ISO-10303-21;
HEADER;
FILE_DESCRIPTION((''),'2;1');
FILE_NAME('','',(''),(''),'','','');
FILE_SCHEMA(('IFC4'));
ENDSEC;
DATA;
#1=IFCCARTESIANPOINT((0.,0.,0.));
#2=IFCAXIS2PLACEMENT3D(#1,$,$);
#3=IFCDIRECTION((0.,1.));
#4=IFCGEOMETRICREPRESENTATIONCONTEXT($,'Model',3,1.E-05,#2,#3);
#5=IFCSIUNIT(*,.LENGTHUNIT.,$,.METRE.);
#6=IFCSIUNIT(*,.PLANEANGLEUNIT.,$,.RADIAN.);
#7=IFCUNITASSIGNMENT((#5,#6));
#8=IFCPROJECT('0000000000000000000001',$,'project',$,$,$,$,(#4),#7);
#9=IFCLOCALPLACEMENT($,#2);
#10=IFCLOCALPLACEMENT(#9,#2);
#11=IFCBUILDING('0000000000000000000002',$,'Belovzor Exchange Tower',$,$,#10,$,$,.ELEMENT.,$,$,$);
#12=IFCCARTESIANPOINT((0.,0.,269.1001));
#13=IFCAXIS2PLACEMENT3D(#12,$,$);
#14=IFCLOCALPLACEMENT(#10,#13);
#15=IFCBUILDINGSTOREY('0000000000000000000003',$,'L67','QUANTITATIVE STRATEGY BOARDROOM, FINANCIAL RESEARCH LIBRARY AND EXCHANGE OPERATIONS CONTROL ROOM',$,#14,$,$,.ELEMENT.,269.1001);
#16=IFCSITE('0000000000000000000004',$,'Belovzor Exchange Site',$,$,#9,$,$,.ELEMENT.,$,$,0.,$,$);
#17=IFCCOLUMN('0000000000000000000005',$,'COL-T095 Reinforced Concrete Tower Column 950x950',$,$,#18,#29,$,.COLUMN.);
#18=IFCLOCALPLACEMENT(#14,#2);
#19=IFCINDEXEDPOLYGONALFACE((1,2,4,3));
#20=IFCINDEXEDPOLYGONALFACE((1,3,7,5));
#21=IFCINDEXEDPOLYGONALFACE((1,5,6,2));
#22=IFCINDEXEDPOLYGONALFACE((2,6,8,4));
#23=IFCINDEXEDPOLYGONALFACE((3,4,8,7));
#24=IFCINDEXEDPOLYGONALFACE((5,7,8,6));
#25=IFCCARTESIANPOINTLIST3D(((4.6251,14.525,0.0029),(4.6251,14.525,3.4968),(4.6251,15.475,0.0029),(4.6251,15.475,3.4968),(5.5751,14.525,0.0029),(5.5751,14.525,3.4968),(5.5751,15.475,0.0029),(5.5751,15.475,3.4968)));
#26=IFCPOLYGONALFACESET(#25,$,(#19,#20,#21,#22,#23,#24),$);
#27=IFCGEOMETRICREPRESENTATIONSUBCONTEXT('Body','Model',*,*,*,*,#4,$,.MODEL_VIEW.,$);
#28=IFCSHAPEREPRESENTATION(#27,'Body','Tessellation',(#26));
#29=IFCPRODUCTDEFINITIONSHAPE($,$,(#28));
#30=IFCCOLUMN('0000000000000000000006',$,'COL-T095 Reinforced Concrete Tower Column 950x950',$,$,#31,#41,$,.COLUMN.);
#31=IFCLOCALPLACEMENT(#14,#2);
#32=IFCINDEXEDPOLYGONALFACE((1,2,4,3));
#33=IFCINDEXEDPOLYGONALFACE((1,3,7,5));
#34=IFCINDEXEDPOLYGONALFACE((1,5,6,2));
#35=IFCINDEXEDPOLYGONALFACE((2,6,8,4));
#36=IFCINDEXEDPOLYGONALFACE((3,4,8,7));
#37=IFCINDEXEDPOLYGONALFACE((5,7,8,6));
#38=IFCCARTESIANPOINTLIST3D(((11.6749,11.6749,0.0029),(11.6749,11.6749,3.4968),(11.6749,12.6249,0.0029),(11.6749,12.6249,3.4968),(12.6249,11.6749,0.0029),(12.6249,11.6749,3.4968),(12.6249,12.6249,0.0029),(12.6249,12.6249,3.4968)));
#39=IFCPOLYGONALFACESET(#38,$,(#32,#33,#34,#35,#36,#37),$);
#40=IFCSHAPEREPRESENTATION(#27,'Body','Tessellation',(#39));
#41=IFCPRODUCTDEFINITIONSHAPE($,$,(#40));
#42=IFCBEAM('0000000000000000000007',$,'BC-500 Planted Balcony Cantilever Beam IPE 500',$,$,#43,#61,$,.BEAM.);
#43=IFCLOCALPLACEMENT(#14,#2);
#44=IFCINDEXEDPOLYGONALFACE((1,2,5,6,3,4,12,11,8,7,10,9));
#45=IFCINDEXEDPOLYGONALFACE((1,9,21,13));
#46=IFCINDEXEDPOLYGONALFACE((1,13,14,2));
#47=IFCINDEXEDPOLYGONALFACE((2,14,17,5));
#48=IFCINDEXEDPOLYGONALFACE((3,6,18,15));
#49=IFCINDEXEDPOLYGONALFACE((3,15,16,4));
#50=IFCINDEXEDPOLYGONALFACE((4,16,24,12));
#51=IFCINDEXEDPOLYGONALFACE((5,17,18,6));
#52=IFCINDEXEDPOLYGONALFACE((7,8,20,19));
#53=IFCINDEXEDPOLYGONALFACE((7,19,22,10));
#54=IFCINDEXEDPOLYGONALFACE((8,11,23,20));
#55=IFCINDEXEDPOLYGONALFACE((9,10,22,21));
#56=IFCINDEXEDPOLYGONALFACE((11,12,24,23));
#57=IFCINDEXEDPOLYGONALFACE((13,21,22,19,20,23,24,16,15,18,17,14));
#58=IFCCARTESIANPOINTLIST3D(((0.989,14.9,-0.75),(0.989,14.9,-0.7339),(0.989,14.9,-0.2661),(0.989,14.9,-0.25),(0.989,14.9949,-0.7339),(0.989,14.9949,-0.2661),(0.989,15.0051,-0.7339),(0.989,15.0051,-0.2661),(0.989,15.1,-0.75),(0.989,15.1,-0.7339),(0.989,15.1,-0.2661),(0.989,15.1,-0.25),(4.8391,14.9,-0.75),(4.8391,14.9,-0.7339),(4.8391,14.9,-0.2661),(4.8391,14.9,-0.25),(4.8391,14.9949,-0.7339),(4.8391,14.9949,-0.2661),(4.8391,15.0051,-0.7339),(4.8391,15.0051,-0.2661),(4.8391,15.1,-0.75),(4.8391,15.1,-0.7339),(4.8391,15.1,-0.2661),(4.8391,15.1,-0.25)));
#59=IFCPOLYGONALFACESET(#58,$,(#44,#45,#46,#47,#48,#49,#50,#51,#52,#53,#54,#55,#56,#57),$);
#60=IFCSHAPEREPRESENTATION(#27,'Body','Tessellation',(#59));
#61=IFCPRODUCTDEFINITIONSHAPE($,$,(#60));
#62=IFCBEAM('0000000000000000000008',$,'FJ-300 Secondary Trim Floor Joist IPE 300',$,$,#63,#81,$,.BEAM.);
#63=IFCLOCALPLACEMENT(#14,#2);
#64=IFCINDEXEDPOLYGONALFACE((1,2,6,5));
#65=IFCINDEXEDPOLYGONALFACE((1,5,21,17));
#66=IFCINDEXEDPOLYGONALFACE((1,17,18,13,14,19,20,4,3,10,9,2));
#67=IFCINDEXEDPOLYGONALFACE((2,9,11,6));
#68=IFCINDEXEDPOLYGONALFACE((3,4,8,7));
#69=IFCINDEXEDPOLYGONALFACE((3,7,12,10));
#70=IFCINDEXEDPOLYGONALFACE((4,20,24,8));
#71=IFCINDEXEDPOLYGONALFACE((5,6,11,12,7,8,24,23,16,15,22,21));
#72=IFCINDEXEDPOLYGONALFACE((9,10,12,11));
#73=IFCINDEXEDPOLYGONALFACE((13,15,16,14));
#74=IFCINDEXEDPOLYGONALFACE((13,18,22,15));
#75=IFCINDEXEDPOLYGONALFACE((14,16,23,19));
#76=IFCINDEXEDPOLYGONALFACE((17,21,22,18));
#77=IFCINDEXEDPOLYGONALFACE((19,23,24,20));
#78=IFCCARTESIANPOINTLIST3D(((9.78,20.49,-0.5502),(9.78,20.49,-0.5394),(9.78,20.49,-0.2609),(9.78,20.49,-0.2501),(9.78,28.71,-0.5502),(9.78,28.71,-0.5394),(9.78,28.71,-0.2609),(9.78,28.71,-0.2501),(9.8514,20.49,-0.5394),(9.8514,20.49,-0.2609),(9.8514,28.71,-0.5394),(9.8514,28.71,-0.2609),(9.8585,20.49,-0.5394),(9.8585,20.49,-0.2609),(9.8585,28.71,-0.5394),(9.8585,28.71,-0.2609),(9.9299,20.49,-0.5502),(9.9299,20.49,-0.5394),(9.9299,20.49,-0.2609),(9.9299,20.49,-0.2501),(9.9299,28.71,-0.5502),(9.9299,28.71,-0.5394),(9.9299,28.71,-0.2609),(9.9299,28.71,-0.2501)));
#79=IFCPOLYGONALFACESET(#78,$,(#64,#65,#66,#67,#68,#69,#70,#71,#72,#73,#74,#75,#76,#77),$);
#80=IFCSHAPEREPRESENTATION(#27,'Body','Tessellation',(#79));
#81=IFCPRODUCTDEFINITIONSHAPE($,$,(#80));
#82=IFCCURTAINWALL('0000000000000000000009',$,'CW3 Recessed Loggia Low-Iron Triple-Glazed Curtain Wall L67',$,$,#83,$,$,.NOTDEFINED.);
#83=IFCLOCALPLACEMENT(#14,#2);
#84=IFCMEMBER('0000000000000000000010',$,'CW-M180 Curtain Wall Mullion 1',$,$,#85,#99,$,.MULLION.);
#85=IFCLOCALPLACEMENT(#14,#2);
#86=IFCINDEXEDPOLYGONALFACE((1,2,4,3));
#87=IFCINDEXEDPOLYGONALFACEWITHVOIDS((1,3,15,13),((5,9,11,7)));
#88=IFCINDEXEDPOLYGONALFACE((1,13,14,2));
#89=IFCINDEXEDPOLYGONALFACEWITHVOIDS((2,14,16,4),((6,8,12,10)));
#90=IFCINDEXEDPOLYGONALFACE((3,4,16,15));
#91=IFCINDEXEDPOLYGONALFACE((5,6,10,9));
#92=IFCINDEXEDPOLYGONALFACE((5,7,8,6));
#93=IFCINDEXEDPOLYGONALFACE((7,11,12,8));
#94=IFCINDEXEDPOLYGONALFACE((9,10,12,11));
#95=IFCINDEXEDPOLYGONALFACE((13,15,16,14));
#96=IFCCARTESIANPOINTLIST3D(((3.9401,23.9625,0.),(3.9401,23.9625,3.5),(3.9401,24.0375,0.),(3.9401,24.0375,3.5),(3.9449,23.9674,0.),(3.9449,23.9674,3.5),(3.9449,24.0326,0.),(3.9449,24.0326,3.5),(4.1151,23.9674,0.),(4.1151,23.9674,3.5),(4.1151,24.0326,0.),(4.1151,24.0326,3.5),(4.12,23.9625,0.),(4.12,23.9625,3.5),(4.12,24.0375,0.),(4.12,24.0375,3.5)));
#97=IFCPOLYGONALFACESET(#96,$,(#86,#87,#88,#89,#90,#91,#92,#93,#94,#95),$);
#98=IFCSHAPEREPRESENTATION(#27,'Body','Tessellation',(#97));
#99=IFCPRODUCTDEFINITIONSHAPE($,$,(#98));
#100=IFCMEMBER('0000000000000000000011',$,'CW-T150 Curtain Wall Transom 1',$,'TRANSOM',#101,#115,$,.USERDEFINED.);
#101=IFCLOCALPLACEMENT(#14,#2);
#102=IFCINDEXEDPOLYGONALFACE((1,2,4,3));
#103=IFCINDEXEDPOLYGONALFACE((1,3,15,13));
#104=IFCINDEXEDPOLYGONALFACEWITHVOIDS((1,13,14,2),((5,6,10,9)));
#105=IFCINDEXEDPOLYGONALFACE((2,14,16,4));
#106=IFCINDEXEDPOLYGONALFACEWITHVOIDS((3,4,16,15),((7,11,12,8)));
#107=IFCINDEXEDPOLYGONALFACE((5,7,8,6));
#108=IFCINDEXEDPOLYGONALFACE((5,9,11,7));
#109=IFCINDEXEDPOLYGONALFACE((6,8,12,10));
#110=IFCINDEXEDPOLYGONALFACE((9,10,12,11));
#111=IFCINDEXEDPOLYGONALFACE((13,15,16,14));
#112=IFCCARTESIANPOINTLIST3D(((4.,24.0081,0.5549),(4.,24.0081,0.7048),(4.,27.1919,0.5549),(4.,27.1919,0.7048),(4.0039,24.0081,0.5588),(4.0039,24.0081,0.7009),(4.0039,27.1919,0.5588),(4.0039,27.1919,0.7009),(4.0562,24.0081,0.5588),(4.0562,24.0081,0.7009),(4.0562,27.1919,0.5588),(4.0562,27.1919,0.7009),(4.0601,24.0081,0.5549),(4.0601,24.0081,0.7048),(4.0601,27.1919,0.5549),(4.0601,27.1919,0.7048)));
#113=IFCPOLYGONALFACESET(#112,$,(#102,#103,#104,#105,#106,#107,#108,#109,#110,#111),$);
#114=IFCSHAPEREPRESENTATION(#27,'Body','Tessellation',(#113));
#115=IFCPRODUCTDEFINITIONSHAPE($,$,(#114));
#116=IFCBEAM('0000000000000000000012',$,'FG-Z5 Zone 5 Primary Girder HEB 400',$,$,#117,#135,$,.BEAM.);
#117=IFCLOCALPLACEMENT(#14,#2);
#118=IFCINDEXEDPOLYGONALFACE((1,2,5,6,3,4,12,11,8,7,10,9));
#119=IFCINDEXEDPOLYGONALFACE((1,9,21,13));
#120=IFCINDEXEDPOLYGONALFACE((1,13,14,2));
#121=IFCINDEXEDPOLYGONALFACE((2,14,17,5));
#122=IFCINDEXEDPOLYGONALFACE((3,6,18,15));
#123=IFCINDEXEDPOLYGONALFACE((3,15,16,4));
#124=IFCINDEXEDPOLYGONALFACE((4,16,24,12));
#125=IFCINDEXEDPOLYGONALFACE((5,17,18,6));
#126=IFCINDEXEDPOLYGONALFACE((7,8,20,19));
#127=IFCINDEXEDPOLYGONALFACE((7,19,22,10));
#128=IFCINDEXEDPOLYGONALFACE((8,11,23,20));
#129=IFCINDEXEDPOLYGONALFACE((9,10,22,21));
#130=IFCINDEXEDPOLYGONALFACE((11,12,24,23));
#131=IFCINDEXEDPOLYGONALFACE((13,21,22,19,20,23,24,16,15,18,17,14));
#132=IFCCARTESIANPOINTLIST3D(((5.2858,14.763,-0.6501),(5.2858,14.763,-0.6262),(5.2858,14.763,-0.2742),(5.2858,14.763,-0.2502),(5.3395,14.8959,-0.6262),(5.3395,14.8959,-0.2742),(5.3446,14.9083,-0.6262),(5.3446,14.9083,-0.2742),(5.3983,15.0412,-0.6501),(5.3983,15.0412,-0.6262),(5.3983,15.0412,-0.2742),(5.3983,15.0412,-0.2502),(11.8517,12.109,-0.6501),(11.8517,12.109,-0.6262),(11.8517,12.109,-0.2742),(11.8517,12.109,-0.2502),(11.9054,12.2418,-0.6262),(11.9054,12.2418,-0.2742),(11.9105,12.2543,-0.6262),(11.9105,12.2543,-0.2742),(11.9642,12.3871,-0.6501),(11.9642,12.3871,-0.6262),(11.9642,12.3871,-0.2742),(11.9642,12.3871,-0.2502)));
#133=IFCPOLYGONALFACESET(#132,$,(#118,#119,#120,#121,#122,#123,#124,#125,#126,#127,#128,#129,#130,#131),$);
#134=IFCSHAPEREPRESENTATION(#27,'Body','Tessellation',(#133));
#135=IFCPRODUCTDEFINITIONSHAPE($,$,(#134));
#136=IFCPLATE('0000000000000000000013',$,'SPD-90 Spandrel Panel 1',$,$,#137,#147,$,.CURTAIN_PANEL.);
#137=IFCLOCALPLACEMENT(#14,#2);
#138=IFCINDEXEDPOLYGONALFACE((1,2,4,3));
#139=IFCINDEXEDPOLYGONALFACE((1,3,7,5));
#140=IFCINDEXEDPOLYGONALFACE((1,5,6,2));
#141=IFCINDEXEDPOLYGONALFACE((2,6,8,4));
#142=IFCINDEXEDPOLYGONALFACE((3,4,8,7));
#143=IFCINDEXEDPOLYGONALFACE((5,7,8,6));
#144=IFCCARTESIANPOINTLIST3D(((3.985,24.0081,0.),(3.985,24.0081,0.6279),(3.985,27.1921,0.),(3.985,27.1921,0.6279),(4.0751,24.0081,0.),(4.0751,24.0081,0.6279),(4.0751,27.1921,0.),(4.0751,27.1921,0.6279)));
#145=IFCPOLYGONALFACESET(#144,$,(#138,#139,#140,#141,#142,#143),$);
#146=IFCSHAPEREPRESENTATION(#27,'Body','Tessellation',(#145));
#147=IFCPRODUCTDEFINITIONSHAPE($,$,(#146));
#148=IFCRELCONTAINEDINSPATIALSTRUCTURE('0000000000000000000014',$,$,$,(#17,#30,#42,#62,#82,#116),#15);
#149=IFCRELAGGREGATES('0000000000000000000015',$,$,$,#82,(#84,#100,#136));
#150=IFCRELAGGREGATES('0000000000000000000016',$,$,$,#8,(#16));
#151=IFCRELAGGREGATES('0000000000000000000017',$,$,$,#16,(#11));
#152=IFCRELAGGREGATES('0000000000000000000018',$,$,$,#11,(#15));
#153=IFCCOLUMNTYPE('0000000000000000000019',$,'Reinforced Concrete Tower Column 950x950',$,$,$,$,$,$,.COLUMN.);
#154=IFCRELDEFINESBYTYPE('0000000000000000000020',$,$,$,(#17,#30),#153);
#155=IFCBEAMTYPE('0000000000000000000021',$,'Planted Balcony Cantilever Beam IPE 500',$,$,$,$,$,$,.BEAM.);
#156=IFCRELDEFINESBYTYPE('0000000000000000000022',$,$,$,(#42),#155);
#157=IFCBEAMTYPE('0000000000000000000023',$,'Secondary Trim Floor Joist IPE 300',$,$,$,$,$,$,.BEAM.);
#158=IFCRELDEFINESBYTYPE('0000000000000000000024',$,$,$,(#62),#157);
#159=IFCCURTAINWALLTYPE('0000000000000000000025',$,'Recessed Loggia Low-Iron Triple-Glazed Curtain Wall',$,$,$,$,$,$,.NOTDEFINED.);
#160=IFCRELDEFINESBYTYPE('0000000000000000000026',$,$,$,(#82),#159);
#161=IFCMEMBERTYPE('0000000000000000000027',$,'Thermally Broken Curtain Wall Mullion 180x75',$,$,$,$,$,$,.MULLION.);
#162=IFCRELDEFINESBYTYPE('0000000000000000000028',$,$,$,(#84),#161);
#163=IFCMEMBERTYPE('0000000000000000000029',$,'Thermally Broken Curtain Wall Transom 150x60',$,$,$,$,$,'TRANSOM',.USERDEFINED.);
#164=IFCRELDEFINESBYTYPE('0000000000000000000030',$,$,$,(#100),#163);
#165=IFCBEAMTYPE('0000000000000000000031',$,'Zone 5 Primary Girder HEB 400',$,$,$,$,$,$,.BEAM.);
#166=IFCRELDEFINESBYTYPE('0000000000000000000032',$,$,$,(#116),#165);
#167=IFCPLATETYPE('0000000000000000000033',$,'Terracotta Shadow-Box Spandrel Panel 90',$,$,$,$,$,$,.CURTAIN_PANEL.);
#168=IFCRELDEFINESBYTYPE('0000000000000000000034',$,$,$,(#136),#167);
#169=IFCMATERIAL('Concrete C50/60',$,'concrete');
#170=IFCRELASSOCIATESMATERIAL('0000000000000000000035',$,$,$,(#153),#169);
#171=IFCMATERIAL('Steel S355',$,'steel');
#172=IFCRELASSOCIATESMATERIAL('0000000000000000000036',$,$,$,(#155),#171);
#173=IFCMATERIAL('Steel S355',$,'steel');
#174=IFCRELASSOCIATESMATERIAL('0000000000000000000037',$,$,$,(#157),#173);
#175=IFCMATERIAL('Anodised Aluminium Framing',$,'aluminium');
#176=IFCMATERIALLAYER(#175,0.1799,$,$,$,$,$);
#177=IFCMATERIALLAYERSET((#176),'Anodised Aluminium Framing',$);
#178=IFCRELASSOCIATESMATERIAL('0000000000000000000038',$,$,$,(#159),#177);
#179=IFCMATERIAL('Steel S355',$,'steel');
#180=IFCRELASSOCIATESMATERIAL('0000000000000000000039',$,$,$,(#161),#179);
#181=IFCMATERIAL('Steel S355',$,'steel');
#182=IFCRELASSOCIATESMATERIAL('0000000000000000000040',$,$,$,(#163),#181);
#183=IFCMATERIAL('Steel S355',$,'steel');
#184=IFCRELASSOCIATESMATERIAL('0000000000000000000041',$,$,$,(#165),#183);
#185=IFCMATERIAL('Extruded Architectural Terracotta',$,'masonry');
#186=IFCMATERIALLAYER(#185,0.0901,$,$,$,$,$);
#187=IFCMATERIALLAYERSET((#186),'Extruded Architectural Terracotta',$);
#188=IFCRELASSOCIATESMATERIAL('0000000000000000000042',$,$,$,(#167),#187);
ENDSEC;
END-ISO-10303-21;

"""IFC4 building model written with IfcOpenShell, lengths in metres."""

from ifc_helpers import new_model, si_unit, direction, frame, origin, origin_2d, place, context, subcontext, project, spatial, rectangle, hollow_rectangle, i_section, extrude, material, layer, layer_set, material_profile, profile_set, type_object, element, aggregate, save


model = new_model("IFC4")

# Units and contexts
model_context = context("Model", 3, precision=1e-05, world=origin(), true_north=direction((0.0, 1.0)))
body_context = subcontext(model_context, "Body", "Model", "MODEL_VIEW")
ifc_project = project(units=[si_unit("LENGTHUNIT", "METRE"), si_unit("PLANEANGLEUNIT", "RADIAN")], contexts=[model_context])

# Site, building, storey
site_placement = place(None, origin())
site = spatial("IfcSite", under=ifc_project, at=site_placement, Name="Belovzor Exchange Site", CompositionType="ELEMENT", RefElevation=0.0)
building_placement = place(site_placement, origin())
building = spatial("IfcBuilding", under=site, at=building_placement, Name="Belovzor Exchange Tower", CompositionType="ELEMENT")
storey_placement = place(building_placement, frame((0.0, 0.0, 269.1001)))
storey = spatial("IfcBuildingStorey", under=building, at=storey_placement, Name="L67", Description="QUANTITATIVE STRATEGY BOARDROOM, FINANCIAL RESEARCH LIBRARY AND EXCHANGE OPERATIONS CONTROL ROOM", CompositionType="ELEMENT", Elevation=269.1001)

# Columns
ifc_material_1 = material(Name="Concrete C50/60", Category="concrete")
ifc_material_profile_1 = material_profile(ifc_material_1, rectangle(XDim=0.95, YDim=0.95, at=origin_2d()))
ifc_profile_set_1 = profile_set([ifc_material_profile_1], Name="Concrete C50/60")
column_type = type_object("IfcColumnType", Name="Reinforced Concrete Tower Column 950x950", PredefinedType="COLUMN", material=ifc_profile_set_1)
for number, where, z_axis, x_axis, name in (
    (1, (5.1001, 15.0, 0.0029), (0.0, 0.0, 1.0), (1.0, 0.0, 0.0), "COL-T095 Reinforced Concrete Tower Column 950x950"),
    (2, (12.1499, 12.1499, 0.0029), (0.0, 0.0, 1.0), (1.0, 0.0, 0.0), "COL-T095 Reinforced Concrete Tower Column 950x950"),
):
    element("IfcColumn", number, at=place(storey_placement, frame(where, z_axis=z_axis, x_axis=x_axis)), inside=storey, type_object=column_type, Name=name, PredefinedType="COLUMN", context=body_context, shape_type="SweptSolid", body=[
        extrude(rectangle(XDim=0.95, YDim=0.95, at=origin_2d()), origin(), (0.0, 0.0, 1.0), 3.4939),
    ])

# Beams
ifc_material_2 = material(Name="Steel S355", Category="steel")
ifc_material_profile_2 = material_profile(ifc_material_2, i_section(OverallWidth=0.2, OverallDepth=0.5, WebThickness=0.0103, FlangeThickness=0.0161, at=origin_2d()))
ifc_profile_set_2 = profile_set([ifc_material_profile_2], Name="Steel S355")
beam_type_1 = type_object("IfcBeamType", Name="Planted Balcony Cantilever Beam IPE 500", PredefinedType="BEAM", material=ifc_profile_set_2)
beam_1_placement = place(storey_placement, frame((4.8391, 15.0, -0.5), z_axis=(-1.0, 0.0, 0.0), x_axis=(0.0, -1.0, 0.0)))
element("IfcBeam", 3, at=beam_1_placement, inside=storey, type_object=beam_type_1, Name="BC-500 Planted Balcony Cantilever Beam IPE 500", PredefinedType="BEAM", context=body_context, shape_type="SweptSolid", body=[
    extrude(i_section(OverallWidth=0.2, OverallDepth=0.5, WebThickness=0.0103, FlangeThickness=0.0161, at=origin_2d()), origin(), (0.0, 0.0, 1.0), 3.8501),
])
ifc_material_3 = material(Name="Steel S355", Category="steel")
ifc_material_profile_3 = material_profile(ifc_material_3, i_section(OverallWidth=0.1499, OverallDepth=0.3, WebThickness=0.0071, FlangeThickness=0.0107, at=origin_2d()))
ifc_profile_set_3 = profile_set([ifc_material_profile_3], Name="Steel S355")
beam_type_2 = type_object("IfcBeamType", Name="Secondary Trim Floor Joist IPE 300", PredefinedType="BEAM", material=ifc_profile_set_3)
beam_2_placement = place(storey_placement, frame((9.855, 20.49, -0.4001), z_axis=(0.0, 1.0, 0.0), x_axis=(-1.0, 0.0, 0.0)))
element("IfcBeam", 4, at=beam_2_placement, inside=storey, type_object=beam_type_2, Name="FJ-300 Secondary Trim Floor Joist IPE 300", PredefinedType="BEAM", context=body_context, shape_type="SweptSolid", body=[
    extrude(i_section(OverallWidth=0.1499, OverallDepth=0.3, WebThickness=0.0071, FlangeThickness=0.0107, at=origin_2d()), origin(), (0.0, 0.0, 1.0), 8.22),
])

# Curtain wall, members
ifc_material_4 = material(Name="Anodised Aluminium Framing", Category="aluminium")
ifc_layer_1 = layer(ifc_material_4, 0.1799)
ifc_layer_set_1 = layer_set([ifc_layer_1], Name="Anodised Aluminium Framing")
curtain_wall_type = type_object("IfcCurtainWallType", Name="Recessed Loggia Low-Iron Triple-Glazed Curtain Wall", PredefinedType="NOTDEFINED", material=ifc_layer_set_1)
curtain_wall_placement = place(storey_placement, origin())
curtain_wall = element("IfcCurtainWall", 5, at=curtain_wall_placement, inside=storey, type_object=curtain_wall_type, Name="CW3 Recessed Loggia Low-Iron Triple-Glazed Curtain Wall L67", PredefinedType="NOTDEFINED")
ifc_material_5 = material(Name="Steel S355", Category="steel")
ifc_material_profile_4 = material_profile(ifc_material_5, hollow_rectangle(XDim=0.075, YDim=0.1799, WallThickness=0.0049, at=origin_2d()))
ifc_profile_set_4 = profile_set([ifc_material_profile_4], Name="Steel S355")
member_type_1 = type_object("IfcMemberType", Name="Thermally Broken Curtain Wall Mullion 180x75", PredefinedType="MULLION", material=ifc_profile_set_4)
member_1_placement = place(storey_placement, frame((4.03, 24.0, 0.0), z_axis=(0.0, 0.0, 1.0), x_axis=(0.0, 1.0, 0.0)))
member_1 = element("IfcMember", 6, at=member_1_placement, type_object=member_type_1, Name="CW-M180 Curtain Wall Mullion 1", PredefinedType="MULLION", context=body_context, shape_type="SweptSolid", body=[
    extrude(hollow_rectangle(XDim=0.075, YDim=0.1799, WallThickness=0.0049, at=origin_2d()), origin(), (0.0, 0.0, 1.0), 3.5),
])
ifc_material_6 = material(Name="Steel S355", Category="steel")
ifc_material_profile_5 = material_profile(ifc_material_6, hollow_rectangle(XDim=0.0601, YDim=0.1499, WallThickness=0.0039, at=origin_2d()))
ifc_profile_set_5 = profile_set([ifc_material_profile_5], Name="Steel S355")
member_type_2 = type_object("IfcMemberType", Name="Thermally Broken Curtain Wall Transom 150x60", ElementType="TRANSOM", PredefinedType="USERDEFINED", material=ifc_profile_set_5)
member_2_placement = place(storey_placement, frame((4.03, 24.0081, 0.6299), z_axis=(0.0, 1.0, 0.0), x_axis=(-1.0, 0.0, 0.0)))
member_2 = element("IfcMember", 7, at=member_2_placement, type_object=member_type_2, Name="CW-T150 Curtain Wall Transom 1", ObjectType="TRANSOM", PredefinedType="USERDEFINED", context=body_context, shape_type="SweptSolid", body=[
    extrude(hollow_rectangle(XDim=0.0601, YDim=0.1499, WallThickness=0.0039, at=origin_2d()), origin(), (0.0, 0.0, 1.0), 3.1838),
])

# Beam
ifc_material_7 = material(Name="Steel S355", Category="steel")
ifc_material_profile_6 = material_profile(ifc_material_7, i_section(OverallWidth=0.3, OverallDepth=0.3999, WebThickness=0.0134, FlangeThickness=0.0239, at=origin_2d()))
ifc_profile_set_6 = profile_set([ifc_material_profile_6], Name="Steel S355")
beam_type_3 = type_object("IfcBeamType", Name="Zone 5 Primary Girder HEB 400", PredefinedType="BEAM", material=ifc_profile_set_6)
beam_3_placement = place(storey_placement, frame((5.342, 14.9021, -0.4502), z_axis=(0.927123, -0.374758, 0.0), x_axis=(0.374758, 0.927123, 0.0)))
element("IfcBeam", 8, at=beam_3_placement, inside=storey, type_object=beam_type_3, Name="FG-Z5 Zone 5 Primary Girder HEB 400", PredefinedType="BEAM", context=body_context, shape_type="SweptSolid", body=[
    extrude(i_section(OverallWidth=0.3, OverallDepth=0.3999, WebThickness=0.0134, FlangeThickness=0.0239, at=origin_2d()), origin(), (0.0, 0.0, 1.0), 7.082),
])

# Plate
ifc_material_8 = material(Name="Extruded Architectural Terracotta", Category="masonry")
ifc_layer_2 = layer(ifc_material_8, 0.0901)
ifc_layer_set_2 = layer_set([ifc_layer_2], Name="Extruded Architectural Terracotta")
plate_type = type_object("IfcPlateType", Name="Terracotta Shadow-Box Spandrel Panel 90", PredefinedType="CURTAIN_PANEL", material=ifc_layer_set_2)
plate_placement = place(storey_placement, frame((4.03, 25.6001, 0.0), z_axis=(0.0, 0.0, 1.0), x_axis=(0.0, 1.0, 0.0)))
plate = element("IfcPlate", 9, at=plate_placement, type_object=plate_type, Name="SPD-90 Spandrel Panel 1", PredefinedType="CURTAIN_PANEL", context=body_context, shape_type="SweptSolid", body=[
    extrude(rectangle(XDim=3.1841, YDim=0.0901, at=origin_2d()), origin(), (0.0, 0.0, 1.0), 0.6279),
])
aggregate(curtain_wall, [member_1, member_2, plate])

save(model, "model.ifc")
